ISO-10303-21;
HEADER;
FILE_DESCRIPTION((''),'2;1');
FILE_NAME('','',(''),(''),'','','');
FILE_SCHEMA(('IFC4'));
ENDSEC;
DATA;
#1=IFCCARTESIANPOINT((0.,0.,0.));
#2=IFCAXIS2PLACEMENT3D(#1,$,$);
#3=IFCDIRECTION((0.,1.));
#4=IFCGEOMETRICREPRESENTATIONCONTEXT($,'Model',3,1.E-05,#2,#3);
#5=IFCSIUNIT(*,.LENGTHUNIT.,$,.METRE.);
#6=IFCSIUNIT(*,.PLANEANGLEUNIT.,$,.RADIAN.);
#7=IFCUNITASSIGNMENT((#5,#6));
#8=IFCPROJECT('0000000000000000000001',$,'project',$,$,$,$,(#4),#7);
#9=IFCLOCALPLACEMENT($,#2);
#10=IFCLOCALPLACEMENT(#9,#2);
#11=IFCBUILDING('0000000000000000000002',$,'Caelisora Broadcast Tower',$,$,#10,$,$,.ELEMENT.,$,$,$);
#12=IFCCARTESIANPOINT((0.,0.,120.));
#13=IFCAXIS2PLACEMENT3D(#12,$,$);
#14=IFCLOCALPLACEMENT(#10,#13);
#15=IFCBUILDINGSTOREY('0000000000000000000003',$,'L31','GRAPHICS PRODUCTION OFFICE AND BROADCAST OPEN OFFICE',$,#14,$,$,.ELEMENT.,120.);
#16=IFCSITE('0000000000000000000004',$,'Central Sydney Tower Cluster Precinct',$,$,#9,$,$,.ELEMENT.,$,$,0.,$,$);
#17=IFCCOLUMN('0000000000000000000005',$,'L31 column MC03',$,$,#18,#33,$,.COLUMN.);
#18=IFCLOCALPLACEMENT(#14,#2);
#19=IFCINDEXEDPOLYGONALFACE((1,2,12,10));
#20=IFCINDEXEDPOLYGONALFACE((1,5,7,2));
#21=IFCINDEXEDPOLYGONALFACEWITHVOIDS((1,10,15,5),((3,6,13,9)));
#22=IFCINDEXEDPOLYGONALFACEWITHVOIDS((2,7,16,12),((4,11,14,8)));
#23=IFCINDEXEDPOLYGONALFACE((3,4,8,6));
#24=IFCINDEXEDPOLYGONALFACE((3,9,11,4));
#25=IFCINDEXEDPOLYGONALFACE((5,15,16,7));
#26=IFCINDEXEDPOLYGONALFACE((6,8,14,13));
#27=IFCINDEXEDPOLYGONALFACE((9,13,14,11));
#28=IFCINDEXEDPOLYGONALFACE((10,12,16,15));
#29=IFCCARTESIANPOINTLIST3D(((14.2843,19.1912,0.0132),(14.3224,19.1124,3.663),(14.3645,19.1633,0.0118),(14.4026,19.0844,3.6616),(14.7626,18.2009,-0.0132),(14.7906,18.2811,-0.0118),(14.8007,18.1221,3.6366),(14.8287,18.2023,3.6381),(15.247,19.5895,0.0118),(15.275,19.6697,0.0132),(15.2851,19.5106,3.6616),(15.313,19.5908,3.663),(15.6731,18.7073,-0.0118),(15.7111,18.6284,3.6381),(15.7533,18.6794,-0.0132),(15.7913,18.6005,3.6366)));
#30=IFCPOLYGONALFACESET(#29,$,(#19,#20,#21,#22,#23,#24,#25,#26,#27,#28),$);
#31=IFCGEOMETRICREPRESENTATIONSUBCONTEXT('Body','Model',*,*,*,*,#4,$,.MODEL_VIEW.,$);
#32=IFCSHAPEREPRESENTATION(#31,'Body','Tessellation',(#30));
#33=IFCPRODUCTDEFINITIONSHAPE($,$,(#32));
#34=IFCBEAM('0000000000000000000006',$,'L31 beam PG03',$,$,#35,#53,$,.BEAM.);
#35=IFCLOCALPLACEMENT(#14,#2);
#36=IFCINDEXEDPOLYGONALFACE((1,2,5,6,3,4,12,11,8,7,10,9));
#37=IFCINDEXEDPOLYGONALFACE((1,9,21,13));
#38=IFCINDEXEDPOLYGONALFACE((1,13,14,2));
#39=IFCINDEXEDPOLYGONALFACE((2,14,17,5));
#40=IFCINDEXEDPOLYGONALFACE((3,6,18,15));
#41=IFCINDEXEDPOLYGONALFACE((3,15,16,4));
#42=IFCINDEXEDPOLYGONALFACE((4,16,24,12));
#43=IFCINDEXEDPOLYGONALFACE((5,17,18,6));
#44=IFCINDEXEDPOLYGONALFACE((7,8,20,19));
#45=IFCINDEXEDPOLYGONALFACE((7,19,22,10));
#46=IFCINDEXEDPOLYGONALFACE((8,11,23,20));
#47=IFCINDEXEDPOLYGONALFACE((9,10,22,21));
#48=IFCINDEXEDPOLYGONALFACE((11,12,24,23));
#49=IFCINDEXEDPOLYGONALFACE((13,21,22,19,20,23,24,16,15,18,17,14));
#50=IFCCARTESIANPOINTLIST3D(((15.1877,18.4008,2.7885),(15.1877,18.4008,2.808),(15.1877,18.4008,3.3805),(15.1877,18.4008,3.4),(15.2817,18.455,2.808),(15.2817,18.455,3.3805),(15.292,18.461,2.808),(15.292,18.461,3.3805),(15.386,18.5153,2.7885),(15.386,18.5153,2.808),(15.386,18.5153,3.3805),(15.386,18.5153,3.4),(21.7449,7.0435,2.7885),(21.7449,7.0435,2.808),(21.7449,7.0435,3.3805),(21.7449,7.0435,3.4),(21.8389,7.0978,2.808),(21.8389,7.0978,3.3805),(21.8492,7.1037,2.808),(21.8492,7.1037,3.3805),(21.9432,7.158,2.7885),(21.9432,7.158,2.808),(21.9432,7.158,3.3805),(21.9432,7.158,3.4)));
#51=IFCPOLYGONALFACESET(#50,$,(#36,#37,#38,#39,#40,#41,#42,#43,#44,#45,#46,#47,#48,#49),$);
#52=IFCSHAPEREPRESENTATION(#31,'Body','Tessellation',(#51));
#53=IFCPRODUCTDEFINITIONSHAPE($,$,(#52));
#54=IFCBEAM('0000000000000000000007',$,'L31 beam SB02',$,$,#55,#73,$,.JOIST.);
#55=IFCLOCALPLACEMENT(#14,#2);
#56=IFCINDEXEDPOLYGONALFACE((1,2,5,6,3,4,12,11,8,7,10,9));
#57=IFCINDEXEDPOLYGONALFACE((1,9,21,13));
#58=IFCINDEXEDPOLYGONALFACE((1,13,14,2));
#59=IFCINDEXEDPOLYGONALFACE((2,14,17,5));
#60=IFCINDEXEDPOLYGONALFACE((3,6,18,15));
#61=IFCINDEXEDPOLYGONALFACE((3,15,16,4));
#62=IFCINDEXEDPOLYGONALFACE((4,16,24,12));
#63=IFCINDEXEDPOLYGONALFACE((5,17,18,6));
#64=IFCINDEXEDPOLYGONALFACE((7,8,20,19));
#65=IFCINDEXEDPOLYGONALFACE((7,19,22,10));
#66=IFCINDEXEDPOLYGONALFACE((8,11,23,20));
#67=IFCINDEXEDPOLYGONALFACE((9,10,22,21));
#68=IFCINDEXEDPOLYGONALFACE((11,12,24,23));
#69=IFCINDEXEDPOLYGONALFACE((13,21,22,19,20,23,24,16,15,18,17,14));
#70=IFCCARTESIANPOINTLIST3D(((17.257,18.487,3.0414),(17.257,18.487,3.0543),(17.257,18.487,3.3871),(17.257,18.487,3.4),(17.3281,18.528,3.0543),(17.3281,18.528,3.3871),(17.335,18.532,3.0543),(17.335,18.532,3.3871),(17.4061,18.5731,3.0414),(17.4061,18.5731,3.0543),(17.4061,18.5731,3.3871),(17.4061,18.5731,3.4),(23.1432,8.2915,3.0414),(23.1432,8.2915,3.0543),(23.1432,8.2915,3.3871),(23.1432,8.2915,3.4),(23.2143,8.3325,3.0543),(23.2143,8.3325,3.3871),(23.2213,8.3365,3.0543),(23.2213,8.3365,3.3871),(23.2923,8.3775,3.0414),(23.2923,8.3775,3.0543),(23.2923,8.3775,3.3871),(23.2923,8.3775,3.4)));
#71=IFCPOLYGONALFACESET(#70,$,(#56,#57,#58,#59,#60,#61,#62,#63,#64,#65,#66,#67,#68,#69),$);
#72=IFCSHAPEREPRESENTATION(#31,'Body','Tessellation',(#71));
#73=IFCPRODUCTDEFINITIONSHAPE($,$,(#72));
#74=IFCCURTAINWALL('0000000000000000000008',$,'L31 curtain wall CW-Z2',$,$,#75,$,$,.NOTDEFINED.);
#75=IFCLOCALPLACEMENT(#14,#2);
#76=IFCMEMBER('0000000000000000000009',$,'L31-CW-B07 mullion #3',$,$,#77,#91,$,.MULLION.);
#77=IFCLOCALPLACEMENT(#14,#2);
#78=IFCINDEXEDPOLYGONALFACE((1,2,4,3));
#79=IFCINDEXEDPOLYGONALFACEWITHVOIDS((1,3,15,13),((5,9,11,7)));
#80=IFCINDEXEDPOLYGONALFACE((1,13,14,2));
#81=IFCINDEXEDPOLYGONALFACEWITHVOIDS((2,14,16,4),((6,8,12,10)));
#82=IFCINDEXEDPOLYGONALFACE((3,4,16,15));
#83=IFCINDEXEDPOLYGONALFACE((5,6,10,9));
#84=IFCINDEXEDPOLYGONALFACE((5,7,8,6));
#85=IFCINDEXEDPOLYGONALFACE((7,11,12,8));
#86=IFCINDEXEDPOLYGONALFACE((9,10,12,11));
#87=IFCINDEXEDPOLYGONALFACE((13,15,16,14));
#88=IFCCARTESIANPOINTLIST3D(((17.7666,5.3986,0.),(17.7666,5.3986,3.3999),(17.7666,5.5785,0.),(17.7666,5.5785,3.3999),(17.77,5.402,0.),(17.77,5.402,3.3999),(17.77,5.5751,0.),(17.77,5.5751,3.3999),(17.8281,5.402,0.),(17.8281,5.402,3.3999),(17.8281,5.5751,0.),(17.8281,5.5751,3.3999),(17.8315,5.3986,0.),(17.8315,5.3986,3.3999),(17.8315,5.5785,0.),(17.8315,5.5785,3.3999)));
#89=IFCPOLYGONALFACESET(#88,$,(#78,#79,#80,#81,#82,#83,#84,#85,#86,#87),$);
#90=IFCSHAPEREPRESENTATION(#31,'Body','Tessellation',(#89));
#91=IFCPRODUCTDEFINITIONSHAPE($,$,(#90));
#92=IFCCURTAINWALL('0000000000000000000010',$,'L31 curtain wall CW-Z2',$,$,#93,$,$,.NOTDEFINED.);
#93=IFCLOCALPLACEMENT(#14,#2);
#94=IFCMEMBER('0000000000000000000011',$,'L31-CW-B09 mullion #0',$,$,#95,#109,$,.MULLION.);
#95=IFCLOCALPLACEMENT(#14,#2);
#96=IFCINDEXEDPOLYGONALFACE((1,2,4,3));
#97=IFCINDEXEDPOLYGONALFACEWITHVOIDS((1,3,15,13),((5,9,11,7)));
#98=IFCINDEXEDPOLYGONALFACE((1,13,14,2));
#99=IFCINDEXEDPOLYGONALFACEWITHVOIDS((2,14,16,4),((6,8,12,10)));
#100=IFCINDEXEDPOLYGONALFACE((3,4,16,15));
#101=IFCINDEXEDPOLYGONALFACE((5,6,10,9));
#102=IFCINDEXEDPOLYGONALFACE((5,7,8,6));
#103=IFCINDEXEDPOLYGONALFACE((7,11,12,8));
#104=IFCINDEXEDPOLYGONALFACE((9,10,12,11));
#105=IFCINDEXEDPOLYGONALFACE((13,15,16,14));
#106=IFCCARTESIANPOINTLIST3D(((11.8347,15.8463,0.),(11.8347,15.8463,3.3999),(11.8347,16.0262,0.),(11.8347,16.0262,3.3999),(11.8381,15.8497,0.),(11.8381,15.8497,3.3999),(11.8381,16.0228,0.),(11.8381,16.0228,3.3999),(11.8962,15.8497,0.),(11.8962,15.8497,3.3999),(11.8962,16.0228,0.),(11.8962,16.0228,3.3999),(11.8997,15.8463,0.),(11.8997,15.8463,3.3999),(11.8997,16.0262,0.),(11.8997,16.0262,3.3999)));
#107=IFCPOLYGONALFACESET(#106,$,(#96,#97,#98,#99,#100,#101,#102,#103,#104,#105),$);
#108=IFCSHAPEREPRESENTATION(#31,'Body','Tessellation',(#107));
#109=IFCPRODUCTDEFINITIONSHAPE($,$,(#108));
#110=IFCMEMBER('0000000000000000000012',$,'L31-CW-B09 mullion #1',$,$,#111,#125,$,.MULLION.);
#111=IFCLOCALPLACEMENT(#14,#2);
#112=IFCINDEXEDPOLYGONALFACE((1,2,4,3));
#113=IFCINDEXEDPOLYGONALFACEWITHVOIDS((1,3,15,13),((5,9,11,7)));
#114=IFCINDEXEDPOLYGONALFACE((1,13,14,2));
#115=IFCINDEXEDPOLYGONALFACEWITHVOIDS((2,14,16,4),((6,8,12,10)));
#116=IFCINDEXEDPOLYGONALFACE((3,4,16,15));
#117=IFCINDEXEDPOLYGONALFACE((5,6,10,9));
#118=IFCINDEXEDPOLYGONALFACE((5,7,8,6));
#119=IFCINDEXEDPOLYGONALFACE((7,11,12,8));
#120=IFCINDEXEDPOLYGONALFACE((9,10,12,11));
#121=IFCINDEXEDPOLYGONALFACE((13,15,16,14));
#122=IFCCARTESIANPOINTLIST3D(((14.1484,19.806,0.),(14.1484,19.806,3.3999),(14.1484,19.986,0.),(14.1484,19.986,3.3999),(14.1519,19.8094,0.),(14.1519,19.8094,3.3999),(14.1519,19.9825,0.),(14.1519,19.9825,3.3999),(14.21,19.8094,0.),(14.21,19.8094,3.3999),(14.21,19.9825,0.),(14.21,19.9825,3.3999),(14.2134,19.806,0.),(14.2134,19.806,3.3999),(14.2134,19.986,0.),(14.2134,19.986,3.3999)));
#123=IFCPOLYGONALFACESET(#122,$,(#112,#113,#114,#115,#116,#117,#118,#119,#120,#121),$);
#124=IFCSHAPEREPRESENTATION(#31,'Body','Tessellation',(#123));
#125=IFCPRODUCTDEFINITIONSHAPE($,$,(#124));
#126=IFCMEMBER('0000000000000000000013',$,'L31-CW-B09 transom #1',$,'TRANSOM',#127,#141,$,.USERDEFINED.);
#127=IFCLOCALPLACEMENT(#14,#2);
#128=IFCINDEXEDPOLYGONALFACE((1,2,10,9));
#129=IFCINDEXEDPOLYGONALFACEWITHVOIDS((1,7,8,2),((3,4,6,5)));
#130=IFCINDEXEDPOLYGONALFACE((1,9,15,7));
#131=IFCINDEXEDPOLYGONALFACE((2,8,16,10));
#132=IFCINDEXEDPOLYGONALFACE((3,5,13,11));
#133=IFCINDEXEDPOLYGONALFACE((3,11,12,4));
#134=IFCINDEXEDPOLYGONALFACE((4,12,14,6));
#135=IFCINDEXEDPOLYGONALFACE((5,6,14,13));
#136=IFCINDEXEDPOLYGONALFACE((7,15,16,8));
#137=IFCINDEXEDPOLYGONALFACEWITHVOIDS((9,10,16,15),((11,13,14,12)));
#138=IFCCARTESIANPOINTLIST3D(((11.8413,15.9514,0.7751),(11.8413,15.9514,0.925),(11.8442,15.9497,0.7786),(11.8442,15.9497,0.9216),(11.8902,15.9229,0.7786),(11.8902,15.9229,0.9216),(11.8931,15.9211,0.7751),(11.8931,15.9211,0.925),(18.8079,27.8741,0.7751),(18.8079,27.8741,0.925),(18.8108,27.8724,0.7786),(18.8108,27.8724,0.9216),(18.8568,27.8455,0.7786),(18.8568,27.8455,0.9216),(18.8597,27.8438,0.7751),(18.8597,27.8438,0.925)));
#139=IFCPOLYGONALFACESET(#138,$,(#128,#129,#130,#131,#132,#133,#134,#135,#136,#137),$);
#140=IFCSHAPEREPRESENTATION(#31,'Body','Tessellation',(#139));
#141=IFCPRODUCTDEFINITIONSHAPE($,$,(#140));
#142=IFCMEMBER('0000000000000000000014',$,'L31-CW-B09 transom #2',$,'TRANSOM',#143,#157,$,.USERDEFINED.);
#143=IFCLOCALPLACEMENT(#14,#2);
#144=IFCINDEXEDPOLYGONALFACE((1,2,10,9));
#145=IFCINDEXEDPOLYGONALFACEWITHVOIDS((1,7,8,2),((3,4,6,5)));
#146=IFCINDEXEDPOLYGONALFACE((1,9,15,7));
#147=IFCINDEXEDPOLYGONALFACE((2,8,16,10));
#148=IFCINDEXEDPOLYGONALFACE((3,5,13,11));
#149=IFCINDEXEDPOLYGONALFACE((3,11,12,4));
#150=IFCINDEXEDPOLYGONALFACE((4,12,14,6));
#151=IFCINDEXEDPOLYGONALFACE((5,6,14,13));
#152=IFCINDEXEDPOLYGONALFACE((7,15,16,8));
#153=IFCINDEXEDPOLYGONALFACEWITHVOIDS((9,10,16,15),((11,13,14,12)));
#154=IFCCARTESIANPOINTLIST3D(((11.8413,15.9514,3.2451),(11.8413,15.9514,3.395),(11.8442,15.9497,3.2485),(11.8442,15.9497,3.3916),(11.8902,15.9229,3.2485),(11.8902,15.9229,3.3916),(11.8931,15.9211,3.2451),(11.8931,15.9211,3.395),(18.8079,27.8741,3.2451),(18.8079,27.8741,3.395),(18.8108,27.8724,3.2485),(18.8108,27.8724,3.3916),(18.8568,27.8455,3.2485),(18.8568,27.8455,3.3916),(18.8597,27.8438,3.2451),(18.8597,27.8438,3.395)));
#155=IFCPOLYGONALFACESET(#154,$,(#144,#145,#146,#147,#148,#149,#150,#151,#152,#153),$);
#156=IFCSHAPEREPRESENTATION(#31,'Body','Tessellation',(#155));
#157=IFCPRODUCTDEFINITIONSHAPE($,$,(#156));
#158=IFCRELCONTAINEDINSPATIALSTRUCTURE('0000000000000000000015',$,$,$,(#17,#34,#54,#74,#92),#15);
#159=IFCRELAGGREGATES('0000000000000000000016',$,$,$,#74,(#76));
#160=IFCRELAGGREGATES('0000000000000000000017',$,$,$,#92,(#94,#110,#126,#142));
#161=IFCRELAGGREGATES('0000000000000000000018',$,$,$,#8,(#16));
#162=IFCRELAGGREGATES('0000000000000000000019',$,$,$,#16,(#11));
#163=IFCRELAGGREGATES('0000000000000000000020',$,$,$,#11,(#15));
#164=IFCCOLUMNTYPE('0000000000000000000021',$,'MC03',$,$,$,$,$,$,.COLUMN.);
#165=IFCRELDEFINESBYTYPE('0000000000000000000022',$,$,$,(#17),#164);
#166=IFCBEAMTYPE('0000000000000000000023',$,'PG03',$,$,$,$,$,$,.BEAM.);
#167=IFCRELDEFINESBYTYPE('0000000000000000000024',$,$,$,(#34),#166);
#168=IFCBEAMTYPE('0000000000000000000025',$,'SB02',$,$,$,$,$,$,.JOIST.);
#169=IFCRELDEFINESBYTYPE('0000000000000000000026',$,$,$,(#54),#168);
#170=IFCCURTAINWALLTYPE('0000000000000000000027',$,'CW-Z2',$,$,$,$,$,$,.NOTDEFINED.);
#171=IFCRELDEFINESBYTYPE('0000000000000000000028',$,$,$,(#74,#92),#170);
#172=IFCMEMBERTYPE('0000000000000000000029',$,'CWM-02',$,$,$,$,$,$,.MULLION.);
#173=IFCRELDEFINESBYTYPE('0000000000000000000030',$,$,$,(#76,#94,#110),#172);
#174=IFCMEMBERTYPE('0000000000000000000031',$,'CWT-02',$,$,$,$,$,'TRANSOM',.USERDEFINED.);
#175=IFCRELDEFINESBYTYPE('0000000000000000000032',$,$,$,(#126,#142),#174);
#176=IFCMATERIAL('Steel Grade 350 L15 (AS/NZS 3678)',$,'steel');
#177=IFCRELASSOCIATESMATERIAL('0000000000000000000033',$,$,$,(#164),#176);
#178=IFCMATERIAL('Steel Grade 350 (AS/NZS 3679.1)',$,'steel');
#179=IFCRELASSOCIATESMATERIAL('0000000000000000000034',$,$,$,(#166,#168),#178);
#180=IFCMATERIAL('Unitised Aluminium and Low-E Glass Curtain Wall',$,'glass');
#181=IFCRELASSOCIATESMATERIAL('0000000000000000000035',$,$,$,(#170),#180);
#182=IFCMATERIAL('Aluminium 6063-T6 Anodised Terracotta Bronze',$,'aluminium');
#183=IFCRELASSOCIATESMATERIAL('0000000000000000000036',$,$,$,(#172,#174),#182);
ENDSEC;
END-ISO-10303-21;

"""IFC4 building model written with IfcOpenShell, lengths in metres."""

from ifc_helpers import new_model, si_unit, direction, frame, origin, origin_2d, place, context, subcontext, project, spatial, hollow_rectangle, i_section, extrude, source, transform, mapped, material, material_profile, profile_set, type_object, type_shapes, element, aggregate, save


model = new_model("IFC4")

# Units and contexts
model_context = context("Model", 3, precision=1e-05, world=origin(), true_north=direction((0.0, 1.0)))
body_context = subcontext(model_context, "Body", "Model", "MODEL_VIEW")
ifc_project = project(units=[si_unit("LENGTHUNIT", "METRE"), si_unit("PLANEANGLEUNIT", "RADIAN")], contexts=[model_context])

# Site, building, storey
site_placement = place(None, origin())
site = spatial("IfcSite", under=ifc_project, at=site_placement, Name="Central Sydney Tower Cluster Precinct", CompositionType="ELEMENT", RefElevation=0.0)
building_placement = place(site_placement, origin())
building = spatial("IfcBuilding", under=site, at=building_placement, Name="Caelisora Broadcast Tower", CompositionType="ELEMENT")
storey_placement = place(building_placement, frame((0.0, 0.0, 120.0)))
storey = spatial("IfcBuildingStorey", under=building, at=storey_placement, Name="L31", Description="GRAPHICS PRODUCTION OFFICE AND BROADCAST OPEN OFFICE", CompositionType="ELEMENT", Elevation=120.0)

# Column
ifc_material_1 = material(Name="Steel Grade 350 L15 (AS/NZS 3678)", Category="steel")
ifc_material_profile_1 = material_profile(ifc_material_1, hollow_rectangle(XDim=1.1001, YDim=1.1001, WallThickness=0.0601, at=origin_2d()), Name="Steel Grade 350 L15 (AS/NZS 3678)")
ifc_profile_set_1 = profile_set([ifc_material_profile_1], Name="Steel Grade 350 L15 (AS/NZS 3678)")
column_type = type_object("IfcColumnType", Name="MC03", PredefinedType="COLUMN", material=ifc_profile_set_1)
shared_shape_1 = source(origin(), body_context, "Body", "SweptSolid", [
    extrude(hollow_rectangle(XDim=1.1001, YDim=1.1001, WallThickness=0.0601, at=origin_2d()), origin(), (0.0, 0.0, 1.0), 3.6509),
])
type_shapes(column_type, [shared_shape_1])
column_placement = place(storey_placement, frame((15.0188, 18.9353, 0.0), z_axis=(0.010432, -0.021599, 0.999712), x_axis=(0.900476, 0.434905, 0.0)))
element("IfcColumn", 1, at=column_placement, inside=storey, type_object=column_type, Name="L31 column MC03", PredefinedType="COLUMN", context=body_context, shape_type="MappedRepresentation", body=[
    mapped(shared_shape_1, transform((0.0, 0.0, 0.0), scale=1.0)),
])

# Beams
ifc_material_2 = material(Name="Steel Grade 350 (AS/NZS 3679.1)", Category="steel")
ifc_material_profile_2 = material_profile(ifc_material_2, i_section(OverallWidth=0.229, OverallDepth=0.6116, WebThickness=0.012, FlangeThickness=0.0195, at=origin_2d()), Name="Steel Grade 350 (AS/NZS 3679.1)")
ifc_profile_set_2 = profile_set([ifc_material_profile_2], Name="Steel Grade 350 (AS/NZS 3679.1)")
beam_type_1 = type_object("IfcBeamType", Name="PG03", PredefinedType="BEAM", material=ifc_profile_set_2)
shared_shape_2 = source(origin(), body_context, "Body", "SweptSolid", [
    extrude(i_section(OverallWidth=0.229, OverallDepth=0.6116, WebThickness=0.012, FlangeThickness=0.0195, at=origin_2d()), origin(), (0.0, 0.0, 1.0), 13.1143),
])
type_shapes(beam_type_1, [shared_shape_2])
beam_1_placement = place(storey_placement, frame((15.2869, 18.458, 3.0942), z_axis=(0.500003, -0.866023, 0.0), x_axis=(0.866023, 0.500003, 0.0)))
element("IfcBeam", 2, at=beam_1_placement, inside=storey, type_object=beam_type_1, Name="L31 beam PG03", PredefinedType="BEAM", context=body_context, shape_type="MappedRepresentation", body=[
    mapped(shared_shape_2, transform((0.0, 0.0, 0.0), scale=1.0)),
])
ifc_material_profile_3 = material_profile(ifc_material_2, i_section(OverallWidth=0.1721, OverallDepth=0.3586, WebThickness=0.0081, FlangeThickness=0.0129, at=origin_2d()), Name="Steel Grade 350 (AS/NZS 3679.1)")
ifc_profile_set_3 = profile_set([ifc_material_profile_3], Name="Steel Grade 350 (AS/NZS 3679.1)")
beam_type_2 = type_object("IfcBeamType", Name="SB02", PredefinedType="JOIST", material=ifc_profile_set_3)
shared_shape_3 = source(origin(), body_context, "Body", "SweptSolid", [
    extrude(i_section(OverallWidth=0.1721, OverallDepth=0.3586, WebThickness=0.0081, FlangeThickness=0.0129, at=origin_2d()), origin(), (0.0, 0.0, 1.0), 11.7727),
])
type_shapes(beam_type_2, [shared_shape_3])
beam_2_placement = place(storey_placement, frame((17.3315, 18.53, 3.2207), z_axis=(0.499989, -0.866032, 0.0), x_axis=(0.866032, 0.499989, 0.0)))
element("IfcBeam", 3, at=beam_2_placement, inside=storey, type_object=beam_type_2, Name="L31 beam SB02", PredefinedType="JOIST", context=body_context, shape_type="MappedRepresentation", body=[
    mapped(shared_shape_3, transform((0.0, 0.0, 0.0), scale=1.0)),
])

# Curtain wall, member
ifc_material_3 = material(Name="Unitised Aluminium and Low-E Glass Curtain Wall", Category="glass")
curtain_wall_type = type_object("IfcCurtainWallType", Name="CW-Z2", PredefinedType="NOTDEFINED", material=ifc_material_3)
curtain_wall_1_placement = place(storey_placement, origin())
curtain_wall_1 = element("IfcCurtainWall", 4, at=curtain_wall_1_placement, inside=storey, type_object=curtain_wall_type, Name="L31 curtain wall CW-Z2", PredefinedType="NOTDEFINED")
ifc_material_4 = material(Name="Aluminium 6063-T6 Anodised Terracotta Bronze", Category="aluminium")
ifc_material_profile_4 = material_profile(ifc_material_4, hollow_rectangle(XDim=0.0649, YDim=0.1799, WallThickness=0.0034, at=origin_2d()), Name="Aluminium 6063-T6 Anodised Terracotta Bronze")
ifc_profile_set_4 = profile_set([ifc_material_profile_4], Name="Aluminium 6063-T6 Anodised Terracotta Bronze")
member_type_1 = type_object("IfcMemberType", Name="CWM-02", PredefinedType="MULLION", material=ifc_profile_set_4)
shared_shape_4 = source(origin(), body_context, "Body", "SweptSolid", [
    extrude(hollow_rectangle(XDim=0.0649, YDim=0.1799, WallThickness=0.0034, at=origin_2d()), origin(), (0.0, 0.0, 1.0), 3.3999),
])
type_shapes(member_type_1, [shared_shape_4])
member_1_placement = place(storey_placement, frame((17.7991, 5.4885, 0.0), z_axis=(0.0, 0.0, 1.0), x_axis=(1.0, 0.0, 0.0)))
member_1 = element("IfcMember", 5, at=member_1_placement, type_object=member_type_1, Name="L31-CW-B07 mullion #3", PredefinedType="MULLION", context=body_context, shape_type="MappedRepresentation", body=[
    mapped(shared_shape_4, transform((0.0, 0.0, 0.0), scale=1.0)),
])
aggregate(curtain_wall_1, [member_1])

# Curtain wall, members
curtain_wall_2_placement = place(storey_placement, origin())
curtain_wall_2 = element("IfcCurtainWall", 6, at=curtain_wall_2_placement, inside=storey, type_object=curtain_wall_type, Name="L31 curtain wall CW-Z2", PredefinedType="NOTDEFINED")
member_2_placement = place(storey_placement, frame((11.8672, 15.9363, 0.0), z_axis=(0.0, 0.0, 1.0), x_axis=(1.0, 0.0, 0.0)))
member_2 = element("IfcMember", 7, at=member_2_placement, type_object=member_type_1, Name="L31-CW-B09 mullion #0", PredefinedType="MULLION", context=body_context, shape_type="MappedRepresentation", body=[
    mapped(shared_shape_4, transform((0.0, 0.0, 0.0), scale=1.0)),
])
member_3_placement = place(storey_placement, frame((14.1809, 19.896, 0.0), z_axis=(0.0, 0.0, 1.0), x_axis=(1.0, 0.0, 0.0)))
member_3 = element("IfcMember", 8, at=member_3_placement, type_object=member_type_1, Name="L31-CW-B09 mullion #1", PredefinedType="MULLION", context=body_context, shape_type="MappedRepresentation", body=[
    mapped(shared_shape_4, transform((0.0, 0.0, 0.0), scale=1.0)),
])
ifc_material_profile_5 = material_profile(ifc_material_4, hollow_rectangle(XDim=0.0601, YDim=0.1499, WallThickness=0.0034, at=origin_2d()), Name="Aluminium 6063-T6 Anodised Terracotta Bronze")
ifc_profile_set_5 = profile_set([ifc_material_profile_5], Name="Aluminium 6063-T6 Anodised Terracotta Bronze")
member_type_2 = type_object("IfcMemberType", Name="CWT-02", ElementType="TRANSOM", PredefinedType="USERDEFINED", material=ifc_profile_set_5)
shared_shape_5 = source(origin(), body_context, "Body", "SweptSolid", [
    extrude(hollow_rectangle(XDim=0.0601, YDim=0.1499, WallThickness=0.0034, at=origin_2d()), origin(), (0.0, 0.0, 1.0), 13.8088),
])
type_shapes(member_type_2, [shared_shape_5])
member_4_placement = place(storey_placement, frame((11.8672, 15.9363, 0.8501), z_axis=(0.504503, 0.86341, 0.0), x_axis=(-0.86341, 0.504503, 0.0)))
member_4 = element("IfcMember", 9, at=member_4_placement, type_object=member_type_2, Name="L31-CW-B09 transom #1", ObjectType="TRANSOM", PredefinedType="USERDEFINED", context=body_context, shape_type="MappedRepresentation", body=[
    mapped(shared_shape_5, transform((0.0, 0.0, 0.0), scale=1.0)),
])
member_5_placement = place(storey_placement, frame((11.8672, 15.9363, 3.3201), z_axis=(0.504503, 0.86341, 0.0), x_axis=(-0.86341, 0.504503, 0.0)))
member_5 = element("IfcMember", 10, at=member_5_placement, type_object=member_type_2, Name="L31-CW-B09 transom #2", ObjectType="TRANSOM", PredefinedType="USERDEFINED", context=body_context, shape_type="MappedRepresentation", body=[
    mapped(shared_shape_5, transform((0.0, 0.0, 0.0), scale=1.0)),
])

aggregate(curtain_wall_2, [member_2, member_3, member_4, member_5])

save(model, "model.ifc")
